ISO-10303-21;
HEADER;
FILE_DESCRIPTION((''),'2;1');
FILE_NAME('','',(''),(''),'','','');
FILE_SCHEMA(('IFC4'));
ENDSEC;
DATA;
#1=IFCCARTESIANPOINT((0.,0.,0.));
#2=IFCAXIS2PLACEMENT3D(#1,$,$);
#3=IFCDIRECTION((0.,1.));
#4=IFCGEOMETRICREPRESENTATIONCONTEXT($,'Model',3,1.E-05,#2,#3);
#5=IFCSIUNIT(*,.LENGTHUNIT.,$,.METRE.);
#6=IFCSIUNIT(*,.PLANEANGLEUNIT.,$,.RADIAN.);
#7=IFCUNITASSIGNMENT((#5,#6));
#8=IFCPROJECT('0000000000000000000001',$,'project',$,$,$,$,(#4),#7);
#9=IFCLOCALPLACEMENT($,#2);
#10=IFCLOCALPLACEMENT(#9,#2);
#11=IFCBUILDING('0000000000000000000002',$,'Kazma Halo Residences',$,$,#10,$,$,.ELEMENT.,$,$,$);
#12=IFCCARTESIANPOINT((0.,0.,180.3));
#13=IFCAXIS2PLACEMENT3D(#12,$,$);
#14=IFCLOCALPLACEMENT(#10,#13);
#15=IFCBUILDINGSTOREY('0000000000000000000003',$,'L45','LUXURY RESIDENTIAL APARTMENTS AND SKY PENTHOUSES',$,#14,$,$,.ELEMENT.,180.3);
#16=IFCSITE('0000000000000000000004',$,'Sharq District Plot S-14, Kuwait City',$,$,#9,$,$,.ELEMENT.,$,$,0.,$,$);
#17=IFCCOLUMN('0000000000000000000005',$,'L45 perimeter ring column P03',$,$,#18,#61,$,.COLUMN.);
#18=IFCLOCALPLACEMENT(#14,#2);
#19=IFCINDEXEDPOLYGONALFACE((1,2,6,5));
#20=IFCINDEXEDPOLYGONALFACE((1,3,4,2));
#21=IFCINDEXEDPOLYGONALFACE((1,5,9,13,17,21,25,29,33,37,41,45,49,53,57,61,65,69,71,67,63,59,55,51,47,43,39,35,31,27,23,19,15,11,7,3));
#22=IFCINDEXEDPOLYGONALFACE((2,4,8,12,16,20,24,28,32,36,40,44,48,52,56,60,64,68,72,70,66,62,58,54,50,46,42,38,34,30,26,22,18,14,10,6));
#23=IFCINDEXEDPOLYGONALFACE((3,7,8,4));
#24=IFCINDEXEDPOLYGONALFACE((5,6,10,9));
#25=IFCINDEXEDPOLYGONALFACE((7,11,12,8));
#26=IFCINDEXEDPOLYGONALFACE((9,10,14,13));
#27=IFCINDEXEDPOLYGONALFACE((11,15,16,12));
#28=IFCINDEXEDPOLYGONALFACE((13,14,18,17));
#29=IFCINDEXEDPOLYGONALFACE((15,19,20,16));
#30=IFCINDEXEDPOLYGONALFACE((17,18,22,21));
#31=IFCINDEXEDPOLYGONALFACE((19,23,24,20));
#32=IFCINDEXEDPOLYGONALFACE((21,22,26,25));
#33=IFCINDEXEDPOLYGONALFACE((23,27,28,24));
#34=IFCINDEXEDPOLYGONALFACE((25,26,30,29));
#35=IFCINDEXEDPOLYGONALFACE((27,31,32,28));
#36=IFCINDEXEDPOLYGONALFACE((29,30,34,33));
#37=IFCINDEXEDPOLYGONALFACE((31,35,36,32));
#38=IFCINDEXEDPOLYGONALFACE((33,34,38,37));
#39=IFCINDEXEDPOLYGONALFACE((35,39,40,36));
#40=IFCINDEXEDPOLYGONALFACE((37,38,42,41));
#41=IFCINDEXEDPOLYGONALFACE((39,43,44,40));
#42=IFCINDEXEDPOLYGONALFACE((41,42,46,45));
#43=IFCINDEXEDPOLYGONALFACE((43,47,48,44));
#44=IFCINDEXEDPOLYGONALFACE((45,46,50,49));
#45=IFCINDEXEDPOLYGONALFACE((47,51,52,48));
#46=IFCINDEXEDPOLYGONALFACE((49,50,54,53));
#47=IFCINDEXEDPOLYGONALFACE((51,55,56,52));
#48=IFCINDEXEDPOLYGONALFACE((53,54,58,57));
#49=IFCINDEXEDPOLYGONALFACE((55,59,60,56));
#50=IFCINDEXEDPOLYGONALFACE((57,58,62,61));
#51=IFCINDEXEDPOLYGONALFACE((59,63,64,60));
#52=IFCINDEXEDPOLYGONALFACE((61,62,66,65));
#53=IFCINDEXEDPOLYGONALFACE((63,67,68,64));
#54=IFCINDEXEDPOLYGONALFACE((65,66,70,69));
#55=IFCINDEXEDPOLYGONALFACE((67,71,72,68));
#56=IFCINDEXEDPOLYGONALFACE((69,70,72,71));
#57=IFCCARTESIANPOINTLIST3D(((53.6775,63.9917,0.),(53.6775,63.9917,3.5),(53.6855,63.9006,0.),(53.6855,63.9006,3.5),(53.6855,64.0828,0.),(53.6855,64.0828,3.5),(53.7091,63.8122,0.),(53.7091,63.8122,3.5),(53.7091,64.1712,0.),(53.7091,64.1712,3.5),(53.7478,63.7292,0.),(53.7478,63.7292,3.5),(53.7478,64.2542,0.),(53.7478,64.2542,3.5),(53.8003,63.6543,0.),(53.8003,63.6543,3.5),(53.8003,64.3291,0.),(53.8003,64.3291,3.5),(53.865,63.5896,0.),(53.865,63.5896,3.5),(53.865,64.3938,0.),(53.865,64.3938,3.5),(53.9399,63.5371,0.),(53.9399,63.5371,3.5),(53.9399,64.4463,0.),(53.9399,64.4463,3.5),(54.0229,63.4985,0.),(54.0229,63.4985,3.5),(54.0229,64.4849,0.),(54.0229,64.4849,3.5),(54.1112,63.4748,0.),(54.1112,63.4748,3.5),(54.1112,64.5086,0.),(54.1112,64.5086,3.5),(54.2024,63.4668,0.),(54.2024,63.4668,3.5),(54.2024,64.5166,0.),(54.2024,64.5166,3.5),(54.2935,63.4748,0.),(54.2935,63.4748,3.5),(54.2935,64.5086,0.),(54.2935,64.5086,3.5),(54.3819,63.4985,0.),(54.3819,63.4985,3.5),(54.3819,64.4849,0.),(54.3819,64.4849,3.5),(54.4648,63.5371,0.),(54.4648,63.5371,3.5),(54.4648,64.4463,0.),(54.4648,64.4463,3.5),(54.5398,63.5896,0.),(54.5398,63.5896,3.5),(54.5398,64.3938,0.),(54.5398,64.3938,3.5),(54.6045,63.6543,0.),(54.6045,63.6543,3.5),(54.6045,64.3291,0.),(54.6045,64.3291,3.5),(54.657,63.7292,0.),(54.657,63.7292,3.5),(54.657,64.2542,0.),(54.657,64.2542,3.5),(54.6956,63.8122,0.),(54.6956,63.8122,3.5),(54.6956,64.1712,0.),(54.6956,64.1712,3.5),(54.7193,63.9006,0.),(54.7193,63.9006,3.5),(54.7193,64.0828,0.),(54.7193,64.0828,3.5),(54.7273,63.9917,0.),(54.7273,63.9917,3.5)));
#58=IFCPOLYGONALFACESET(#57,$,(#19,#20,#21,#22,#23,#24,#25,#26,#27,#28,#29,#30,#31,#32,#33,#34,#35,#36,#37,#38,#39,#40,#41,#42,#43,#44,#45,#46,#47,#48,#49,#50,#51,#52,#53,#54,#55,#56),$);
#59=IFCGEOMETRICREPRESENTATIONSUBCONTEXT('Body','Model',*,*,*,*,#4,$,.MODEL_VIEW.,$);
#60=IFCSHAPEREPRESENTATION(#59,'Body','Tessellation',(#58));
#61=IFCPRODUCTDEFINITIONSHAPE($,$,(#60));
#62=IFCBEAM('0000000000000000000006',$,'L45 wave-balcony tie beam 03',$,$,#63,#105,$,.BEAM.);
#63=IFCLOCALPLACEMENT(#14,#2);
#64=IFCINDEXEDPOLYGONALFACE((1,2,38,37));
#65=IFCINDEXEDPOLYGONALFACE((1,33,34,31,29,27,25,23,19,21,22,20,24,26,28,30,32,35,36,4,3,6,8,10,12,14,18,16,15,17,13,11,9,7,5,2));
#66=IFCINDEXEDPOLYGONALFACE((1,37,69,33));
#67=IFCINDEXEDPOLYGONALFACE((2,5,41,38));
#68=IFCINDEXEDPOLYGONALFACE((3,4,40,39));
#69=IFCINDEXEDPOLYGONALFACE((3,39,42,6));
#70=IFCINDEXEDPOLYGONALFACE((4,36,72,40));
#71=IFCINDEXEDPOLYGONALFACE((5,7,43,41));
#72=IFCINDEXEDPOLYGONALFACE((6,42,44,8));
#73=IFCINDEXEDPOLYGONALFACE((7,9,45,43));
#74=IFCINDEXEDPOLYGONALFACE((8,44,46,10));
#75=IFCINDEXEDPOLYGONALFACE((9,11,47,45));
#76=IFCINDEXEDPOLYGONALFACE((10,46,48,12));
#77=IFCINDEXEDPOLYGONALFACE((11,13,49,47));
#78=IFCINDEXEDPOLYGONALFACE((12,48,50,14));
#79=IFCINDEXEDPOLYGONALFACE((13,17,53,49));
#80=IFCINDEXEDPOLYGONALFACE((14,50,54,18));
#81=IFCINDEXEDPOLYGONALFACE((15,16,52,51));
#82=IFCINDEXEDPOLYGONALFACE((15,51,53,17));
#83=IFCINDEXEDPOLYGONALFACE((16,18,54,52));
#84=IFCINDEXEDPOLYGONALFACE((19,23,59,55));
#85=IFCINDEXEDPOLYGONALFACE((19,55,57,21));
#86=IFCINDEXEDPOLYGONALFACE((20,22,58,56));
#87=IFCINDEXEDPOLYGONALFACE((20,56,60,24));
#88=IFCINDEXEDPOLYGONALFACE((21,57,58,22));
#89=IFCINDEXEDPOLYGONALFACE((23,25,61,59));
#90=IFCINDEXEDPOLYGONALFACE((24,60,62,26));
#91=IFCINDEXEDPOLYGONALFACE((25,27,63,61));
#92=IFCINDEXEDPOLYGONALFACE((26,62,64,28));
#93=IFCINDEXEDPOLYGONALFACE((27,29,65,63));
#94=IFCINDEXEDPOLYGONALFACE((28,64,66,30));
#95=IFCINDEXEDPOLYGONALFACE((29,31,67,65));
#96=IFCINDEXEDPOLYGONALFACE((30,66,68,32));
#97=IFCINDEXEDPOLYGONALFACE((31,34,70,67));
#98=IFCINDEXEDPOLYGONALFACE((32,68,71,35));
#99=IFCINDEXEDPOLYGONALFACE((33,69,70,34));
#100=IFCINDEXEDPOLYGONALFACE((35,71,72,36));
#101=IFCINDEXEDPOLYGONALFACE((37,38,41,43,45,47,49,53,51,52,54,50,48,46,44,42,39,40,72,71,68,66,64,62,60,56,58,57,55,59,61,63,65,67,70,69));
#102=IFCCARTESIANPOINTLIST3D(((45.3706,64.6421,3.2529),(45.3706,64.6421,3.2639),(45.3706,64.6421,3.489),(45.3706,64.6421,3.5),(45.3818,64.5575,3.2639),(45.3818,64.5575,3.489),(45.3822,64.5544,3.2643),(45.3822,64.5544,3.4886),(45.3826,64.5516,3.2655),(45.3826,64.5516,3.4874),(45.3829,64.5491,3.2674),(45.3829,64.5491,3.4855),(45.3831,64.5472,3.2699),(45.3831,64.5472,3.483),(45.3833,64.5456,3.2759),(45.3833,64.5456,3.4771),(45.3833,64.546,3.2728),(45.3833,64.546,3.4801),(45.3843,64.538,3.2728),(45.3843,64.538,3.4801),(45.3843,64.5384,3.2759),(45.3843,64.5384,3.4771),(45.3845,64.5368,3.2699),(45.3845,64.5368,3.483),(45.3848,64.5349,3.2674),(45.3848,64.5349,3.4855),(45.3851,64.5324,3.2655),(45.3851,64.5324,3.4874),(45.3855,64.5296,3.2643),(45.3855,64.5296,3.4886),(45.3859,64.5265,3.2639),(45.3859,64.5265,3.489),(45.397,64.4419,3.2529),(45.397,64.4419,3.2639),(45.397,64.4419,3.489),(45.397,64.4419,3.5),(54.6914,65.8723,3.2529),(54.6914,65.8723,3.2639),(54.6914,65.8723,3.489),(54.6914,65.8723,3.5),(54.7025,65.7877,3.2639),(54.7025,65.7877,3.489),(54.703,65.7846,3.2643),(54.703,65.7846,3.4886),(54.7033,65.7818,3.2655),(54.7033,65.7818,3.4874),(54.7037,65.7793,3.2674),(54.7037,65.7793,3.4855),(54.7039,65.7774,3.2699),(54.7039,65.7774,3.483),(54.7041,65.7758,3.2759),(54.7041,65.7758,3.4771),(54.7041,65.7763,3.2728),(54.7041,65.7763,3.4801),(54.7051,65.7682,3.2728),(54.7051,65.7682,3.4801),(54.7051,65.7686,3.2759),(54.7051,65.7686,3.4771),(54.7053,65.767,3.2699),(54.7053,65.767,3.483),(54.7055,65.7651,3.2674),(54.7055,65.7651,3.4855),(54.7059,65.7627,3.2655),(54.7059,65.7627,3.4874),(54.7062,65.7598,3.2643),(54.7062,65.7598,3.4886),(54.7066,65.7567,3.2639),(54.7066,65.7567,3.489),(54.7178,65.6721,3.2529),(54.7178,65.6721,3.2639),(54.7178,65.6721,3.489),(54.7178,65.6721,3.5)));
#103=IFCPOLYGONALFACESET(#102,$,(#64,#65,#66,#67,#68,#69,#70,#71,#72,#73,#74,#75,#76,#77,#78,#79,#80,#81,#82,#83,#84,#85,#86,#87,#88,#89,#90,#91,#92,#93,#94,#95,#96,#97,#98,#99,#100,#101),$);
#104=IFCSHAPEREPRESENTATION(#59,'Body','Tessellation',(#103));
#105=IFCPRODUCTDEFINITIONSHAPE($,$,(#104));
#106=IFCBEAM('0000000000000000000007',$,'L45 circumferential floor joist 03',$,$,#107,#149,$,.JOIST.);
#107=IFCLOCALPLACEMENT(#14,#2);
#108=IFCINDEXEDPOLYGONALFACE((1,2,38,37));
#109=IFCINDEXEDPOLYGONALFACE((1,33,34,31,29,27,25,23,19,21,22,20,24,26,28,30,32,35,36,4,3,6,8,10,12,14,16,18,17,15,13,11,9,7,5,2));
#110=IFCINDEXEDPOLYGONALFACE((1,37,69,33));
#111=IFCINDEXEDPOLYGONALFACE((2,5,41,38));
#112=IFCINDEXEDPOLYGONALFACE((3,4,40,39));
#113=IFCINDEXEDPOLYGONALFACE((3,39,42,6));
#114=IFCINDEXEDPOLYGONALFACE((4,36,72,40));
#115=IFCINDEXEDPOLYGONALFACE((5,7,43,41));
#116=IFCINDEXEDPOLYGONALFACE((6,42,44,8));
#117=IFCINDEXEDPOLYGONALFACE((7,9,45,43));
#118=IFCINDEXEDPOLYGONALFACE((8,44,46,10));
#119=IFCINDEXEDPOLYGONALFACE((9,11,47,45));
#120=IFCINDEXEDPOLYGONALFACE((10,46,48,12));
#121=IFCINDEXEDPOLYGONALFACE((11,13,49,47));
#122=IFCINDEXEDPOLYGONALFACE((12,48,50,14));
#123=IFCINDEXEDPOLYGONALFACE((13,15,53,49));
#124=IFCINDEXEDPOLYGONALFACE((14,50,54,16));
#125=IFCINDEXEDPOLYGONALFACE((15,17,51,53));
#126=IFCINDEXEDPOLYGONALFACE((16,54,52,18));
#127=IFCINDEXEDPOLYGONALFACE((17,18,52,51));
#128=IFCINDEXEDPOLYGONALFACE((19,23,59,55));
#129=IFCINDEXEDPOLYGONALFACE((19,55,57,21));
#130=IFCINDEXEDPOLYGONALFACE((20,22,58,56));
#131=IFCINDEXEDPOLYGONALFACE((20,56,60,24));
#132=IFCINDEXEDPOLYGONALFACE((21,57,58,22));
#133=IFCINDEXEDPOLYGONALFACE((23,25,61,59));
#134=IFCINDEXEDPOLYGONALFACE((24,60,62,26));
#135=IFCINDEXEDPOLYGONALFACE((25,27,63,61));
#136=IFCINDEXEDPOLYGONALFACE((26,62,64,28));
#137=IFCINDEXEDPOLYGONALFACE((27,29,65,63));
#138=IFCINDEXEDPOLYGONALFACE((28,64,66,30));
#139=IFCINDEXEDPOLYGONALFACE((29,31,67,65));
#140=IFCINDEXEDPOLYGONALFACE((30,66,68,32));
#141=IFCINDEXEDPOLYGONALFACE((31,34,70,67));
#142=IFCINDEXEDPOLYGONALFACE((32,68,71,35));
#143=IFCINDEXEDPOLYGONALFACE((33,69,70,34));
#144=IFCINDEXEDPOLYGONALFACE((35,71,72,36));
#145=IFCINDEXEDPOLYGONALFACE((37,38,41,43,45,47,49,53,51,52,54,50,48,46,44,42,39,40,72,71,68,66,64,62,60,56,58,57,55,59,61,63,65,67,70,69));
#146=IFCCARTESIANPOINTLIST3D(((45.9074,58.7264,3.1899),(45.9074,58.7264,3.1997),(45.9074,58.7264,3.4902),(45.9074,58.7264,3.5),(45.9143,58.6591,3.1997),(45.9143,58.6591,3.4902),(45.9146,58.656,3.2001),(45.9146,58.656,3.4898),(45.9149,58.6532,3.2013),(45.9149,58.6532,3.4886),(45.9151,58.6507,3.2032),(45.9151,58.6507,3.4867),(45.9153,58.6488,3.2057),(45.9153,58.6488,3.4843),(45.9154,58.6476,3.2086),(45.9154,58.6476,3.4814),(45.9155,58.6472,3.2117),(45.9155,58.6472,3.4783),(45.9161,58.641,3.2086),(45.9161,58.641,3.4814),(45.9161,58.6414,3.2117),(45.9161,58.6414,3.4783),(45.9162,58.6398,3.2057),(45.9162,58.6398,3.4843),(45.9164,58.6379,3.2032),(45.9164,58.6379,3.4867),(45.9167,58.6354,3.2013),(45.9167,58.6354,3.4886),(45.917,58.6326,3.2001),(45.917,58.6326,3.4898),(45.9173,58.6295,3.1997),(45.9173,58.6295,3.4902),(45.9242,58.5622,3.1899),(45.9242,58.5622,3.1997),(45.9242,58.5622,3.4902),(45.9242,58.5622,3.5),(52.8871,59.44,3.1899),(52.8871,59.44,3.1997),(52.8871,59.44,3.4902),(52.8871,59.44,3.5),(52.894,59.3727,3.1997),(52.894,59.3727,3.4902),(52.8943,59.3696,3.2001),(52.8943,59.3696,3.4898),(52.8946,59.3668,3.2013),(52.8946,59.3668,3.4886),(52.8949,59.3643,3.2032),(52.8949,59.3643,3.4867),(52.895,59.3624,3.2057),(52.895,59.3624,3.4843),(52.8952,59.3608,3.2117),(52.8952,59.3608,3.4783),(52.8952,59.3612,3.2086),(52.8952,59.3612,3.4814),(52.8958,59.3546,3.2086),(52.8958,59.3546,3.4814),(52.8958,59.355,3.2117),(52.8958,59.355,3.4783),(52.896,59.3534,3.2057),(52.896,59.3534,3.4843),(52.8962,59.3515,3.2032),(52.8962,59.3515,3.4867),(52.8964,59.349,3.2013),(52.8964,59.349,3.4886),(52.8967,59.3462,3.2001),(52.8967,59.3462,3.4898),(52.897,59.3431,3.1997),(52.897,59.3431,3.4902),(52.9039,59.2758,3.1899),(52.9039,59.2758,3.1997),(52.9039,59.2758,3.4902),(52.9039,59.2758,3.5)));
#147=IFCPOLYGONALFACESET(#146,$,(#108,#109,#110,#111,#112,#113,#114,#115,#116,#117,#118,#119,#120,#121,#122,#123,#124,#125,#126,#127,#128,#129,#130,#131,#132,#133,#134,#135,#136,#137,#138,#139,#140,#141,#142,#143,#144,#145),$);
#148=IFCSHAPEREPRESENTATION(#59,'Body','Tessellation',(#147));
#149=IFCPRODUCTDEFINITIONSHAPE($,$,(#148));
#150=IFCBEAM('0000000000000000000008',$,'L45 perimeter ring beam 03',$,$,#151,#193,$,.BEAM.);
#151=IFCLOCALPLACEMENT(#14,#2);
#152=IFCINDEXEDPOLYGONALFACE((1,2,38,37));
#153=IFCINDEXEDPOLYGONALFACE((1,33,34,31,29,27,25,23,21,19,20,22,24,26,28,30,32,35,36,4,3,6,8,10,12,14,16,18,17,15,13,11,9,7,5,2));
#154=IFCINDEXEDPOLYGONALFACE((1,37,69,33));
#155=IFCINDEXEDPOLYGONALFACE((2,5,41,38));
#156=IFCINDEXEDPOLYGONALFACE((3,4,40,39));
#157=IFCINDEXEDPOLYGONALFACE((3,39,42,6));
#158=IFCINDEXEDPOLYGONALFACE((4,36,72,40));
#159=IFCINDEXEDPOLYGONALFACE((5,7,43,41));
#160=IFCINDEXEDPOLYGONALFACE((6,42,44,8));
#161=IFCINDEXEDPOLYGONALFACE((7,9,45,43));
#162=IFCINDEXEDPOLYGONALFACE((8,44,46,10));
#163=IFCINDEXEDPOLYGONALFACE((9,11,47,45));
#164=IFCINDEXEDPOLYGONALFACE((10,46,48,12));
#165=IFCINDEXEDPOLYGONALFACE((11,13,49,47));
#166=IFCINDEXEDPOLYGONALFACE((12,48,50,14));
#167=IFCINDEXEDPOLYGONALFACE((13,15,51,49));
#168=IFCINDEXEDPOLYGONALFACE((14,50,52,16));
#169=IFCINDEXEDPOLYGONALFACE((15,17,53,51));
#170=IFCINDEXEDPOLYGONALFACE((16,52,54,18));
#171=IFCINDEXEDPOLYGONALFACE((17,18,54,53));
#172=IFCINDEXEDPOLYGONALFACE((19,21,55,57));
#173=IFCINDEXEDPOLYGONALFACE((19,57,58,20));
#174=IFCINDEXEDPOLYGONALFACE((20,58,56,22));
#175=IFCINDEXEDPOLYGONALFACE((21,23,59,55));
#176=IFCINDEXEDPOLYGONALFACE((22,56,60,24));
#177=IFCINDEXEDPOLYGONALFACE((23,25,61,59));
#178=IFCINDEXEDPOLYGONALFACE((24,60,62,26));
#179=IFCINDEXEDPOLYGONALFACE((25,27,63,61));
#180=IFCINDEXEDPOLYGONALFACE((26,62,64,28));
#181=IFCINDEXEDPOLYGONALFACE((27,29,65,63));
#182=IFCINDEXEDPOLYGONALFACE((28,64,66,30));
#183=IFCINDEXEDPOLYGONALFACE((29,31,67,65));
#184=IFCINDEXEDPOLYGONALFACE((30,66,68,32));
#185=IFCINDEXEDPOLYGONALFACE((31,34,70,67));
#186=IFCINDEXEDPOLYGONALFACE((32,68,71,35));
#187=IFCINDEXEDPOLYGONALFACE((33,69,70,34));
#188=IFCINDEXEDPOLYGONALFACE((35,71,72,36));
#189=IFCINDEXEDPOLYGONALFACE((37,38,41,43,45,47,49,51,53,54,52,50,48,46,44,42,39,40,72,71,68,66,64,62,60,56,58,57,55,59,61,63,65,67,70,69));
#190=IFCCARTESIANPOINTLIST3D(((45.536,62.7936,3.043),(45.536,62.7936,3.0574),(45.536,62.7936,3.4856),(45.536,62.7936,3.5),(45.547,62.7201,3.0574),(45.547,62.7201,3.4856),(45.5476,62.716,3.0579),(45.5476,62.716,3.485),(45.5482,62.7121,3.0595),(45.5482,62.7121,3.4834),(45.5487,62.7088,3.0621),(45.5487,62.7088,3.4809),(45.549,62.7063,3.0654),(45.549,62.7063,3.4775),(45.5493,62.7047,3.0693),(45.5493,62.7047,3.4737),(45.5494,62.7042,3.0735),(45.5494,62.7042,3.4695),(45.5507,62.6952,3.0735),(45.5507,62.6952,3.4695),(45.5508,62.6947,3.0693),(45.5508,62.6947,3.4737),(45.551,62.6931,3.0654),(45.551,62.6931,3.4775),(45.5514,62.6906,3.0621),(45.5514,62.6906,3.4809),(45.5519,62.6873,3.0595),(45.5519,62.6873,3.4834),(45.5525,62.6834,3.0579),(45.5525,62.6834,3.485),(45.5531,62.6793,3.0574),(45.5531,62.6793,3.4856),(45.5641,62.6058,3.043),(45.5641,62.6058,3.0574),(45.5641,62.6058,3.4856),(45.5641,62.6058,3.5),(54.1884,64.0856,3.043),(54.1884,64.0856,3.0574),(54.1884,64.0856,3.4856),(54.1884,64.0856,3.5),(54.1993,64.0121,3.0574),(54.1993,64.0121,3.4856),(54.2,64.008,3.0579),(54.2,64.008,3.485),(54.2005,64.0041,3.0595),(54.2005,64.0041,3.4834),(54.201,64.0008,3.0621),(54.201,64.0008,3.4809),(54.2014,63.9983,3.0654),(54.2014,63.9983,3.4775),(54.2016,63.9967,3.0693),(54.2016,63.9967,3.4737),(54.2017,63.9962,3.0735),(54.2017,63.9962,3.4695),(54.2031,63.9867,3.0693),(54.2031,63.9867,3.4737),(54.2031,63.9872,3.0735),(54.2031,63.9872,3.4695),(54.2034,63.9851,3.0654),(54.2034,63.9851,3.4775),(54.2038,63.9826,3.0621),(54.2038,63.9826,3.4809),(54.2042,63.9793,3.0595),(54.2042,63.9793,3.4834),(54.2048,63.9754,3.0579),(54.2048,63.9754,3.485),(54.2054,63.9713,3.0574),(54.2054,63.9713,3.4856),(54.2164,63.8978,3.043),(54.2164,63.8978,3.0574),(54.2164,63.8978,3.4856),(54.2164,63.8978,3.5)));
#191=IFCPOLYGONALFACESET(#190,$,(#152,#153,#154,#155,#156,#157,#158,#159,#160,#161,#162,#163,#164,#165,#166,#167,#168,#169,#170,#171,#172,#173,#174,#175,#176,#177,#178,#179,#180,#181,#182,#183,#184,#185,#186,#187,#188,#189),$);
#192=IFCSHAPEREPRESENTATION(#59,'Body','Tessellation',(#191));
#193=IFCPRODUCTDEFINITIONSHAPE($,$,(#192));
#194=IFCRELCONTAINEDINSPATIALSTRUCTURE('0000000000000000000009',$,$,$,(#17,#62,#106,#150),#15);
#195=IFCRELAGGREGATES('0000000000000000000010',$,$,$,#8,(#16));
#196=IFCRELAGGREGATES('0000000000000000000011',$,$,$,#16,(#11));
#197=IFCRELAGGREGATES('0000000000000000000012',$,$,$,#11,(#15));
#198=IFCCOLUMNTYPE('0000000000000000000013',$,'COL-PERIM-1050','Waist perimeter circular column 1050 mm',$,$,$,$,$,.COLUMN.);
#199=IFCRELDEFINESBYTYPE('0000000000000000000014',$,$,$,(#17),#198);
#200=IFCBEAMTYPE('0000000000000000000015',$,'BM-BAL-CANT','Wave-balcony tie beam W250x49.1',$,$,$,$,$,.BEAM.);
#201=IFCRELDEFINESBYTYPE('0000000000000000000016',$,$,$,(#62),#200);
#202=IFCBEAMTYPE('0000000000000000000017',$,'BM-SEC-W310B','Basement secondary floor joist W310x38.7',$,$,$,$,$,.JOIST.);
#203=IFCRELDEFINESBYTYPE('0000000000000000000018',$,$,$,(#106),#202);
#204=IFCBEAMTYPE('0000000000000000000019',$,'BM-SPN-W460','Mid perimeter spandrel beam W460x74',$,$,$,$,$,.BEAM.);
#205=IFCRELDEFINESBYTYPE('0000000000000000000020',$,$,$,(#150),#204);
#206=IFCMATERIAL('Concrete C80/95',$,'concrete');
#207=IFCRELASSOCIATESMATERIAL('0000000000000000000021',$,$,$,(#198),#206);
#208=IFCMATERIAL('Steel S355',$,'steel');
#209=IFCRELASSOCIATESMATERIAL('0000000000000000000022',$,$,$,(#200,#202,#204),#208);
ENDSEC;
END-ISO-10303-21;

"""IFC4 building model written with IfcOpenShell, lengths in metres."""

from ifc_helpers import new_model, si_unit, direction, frame, origin, origin_2d, place, context, subcontext, project, spatial, circle, i_section, extrude, material, material_profile, profile_set, type_object, element, save


model = new_model("IFC4")

# Units and contexts
model_context = context("Model", 3, precision=1e-05, world=origin(), true_north=direction((0.0, 1.0)))
body_context = subcontext(model_context, "Body", "Model", "MODEL_VIEW")
ifc_project = project(units=[si_unit("LENGTHUNIT", "METRE"), si_unit("PLANEANGLEUNIT", "RADIAN")], contexts=[model_context])

# Site, building, storey
site_placement = place(None, origin())
site = spatial("IfcSite", under=ifc_project, at=site_placement, Name="Sharq District Plot S-14, Kuwait City", CompositionType="ELEMENT", RefElevation=0.0)
building_placement = place(site_placement, origin())
building = spatial("IfcBuilding", under=site, at=building_placement, Name="Kazma Halo Residences", CompositionType="ELEMENT")
storey_placement = place(building_placement, frame((0.0, 0.0, 180.3)))
storey = spatial("IfcBuildingStorey", under=building, at=storey_placement, Name="L45", Description="LUXURY RESIDENTIAL APARTMENTS AND SKY PENTHOUSES", CompositionType="ELEMENT", Elevation=180.3)

# Column
ifc_material_1 = material(Name="Concrete C80/95", Category="concrete")
ifc_material_profile_1 = material_profile(ifc_material_1, circle(Radius=0.5249, at=origin_2d()), Name="CIRC1050")
ifc_profile_set_1 = profile_set([ifc_material_profile_1], Name="Concrete C80/95")
column_type = type_object("IfcColumnType", Name="COL-PERIM-1050", Description="Waist perimeter circular column 1050 mm", PredefinedType="COLUMN", material=ifc_profile_set_1)
column_placement = place(storey_placement, frame((54.2024, 63.9917, 0.0), z_axis=(0.0, 0.0, 1.0), x_axis=(1.0, 0.0, 0.0)))
element("IfcColumn", 1, at=column_placement, inside=storey, type_object=column_type, Name="L45 perimeter ring column P03", PredefinedType="COLUMN", context=body_context, shape_type="SweptSolid", body=[
    extrude(circle(Radius=0.5249, at=origin_2d()), origin(), (0.0, 0.0, 1.0), 3.5),
])

# Beams
ifc_material_2 = material(Name="Steel S355", Category="steel")
ifc_material_profile_2 = material_profile(ifc_material_2, i_section(OverallWidth=0.2019, OverallDepth=0.2471, WebThickness=0.0073, FlangeThickness=0.011, FilletRadius=0.012, at=origin_2d()), Name="W250x49.1")
ifc_profile_set_2 = profile_set([ifc_material_profile_2], Name="Steel S355")
beam_type_1 = type_object("IfcBeamType", Name="BM-BAL-CANT", Description="Wave-balcony tie beam W250x49.1", PredefinedType="BEAM", material=ifc_profile_set_2)
beam_1_placement = place(storey_placement, frame((54.7046, 65.7722, 3.3765), z_axis=(-0.991402, -0.130852, 0.0), x_axis=(0.130852, -0.991402, 0.0)))
element("IfcBeam", 2, at=beam_1_placement, inside=storey, type_object=beam_type_1, Name="L45 wave-balcony tie beam 03", PredefinedType="BEAM", context=body_context, shape_type="SweptSolid", body=[
    extrude(i_section(OverallWidth=0.2019, OverallDepth=0.2471, WebThickness=0.0073, FlangeThickness=0.011, FilletRadius=0.012, at=origin_2d()), origin(), (0.0, 0.0, 1.0), 9.4016),
])
ifc_material_profile_3 = material_profile(ifc_material_2, i_section(OverallWidth=0.165, OverallDepth=0.3101, WebThickness=0.0059, FlangeThickness=0.0098, FilletRadius=0.012, at=origin_2d()), Name="W310x38.7")
ifc_profile_set_3 = profile_set([ifc_material_profile_3], Name="Steel S355")
beam_type_2 = type_object("IfcBeamType", Name="BM-SEC-W310B", Description="Basement secondary floor joist W310x38.7", PredefinedType="JOIST", material=ifc_profile_set_3)
beam_2_placement = place(storey_placement, frame((52.8955, 59.3579, 3.345), z_axis=(-0.994814, -0.101712, 0.0), x_axis=(0.101712, -0.994814, 0.0)))
element("IfcBeam", 3, at=beam_2_placement, inside=storey, type_object=beam_type_2, Name="L45 circumferential floor joist 03", PredefinedType="JOIST", context=body_context, shape_type="SweptSolid", body=[
    extrude(i_section(OverallWidth=0.165, OverallDepth=0.3101, WebThickness=0.0059, FlangeThickness=0.0098, FilletRadius=0.012, at=origin_2d()), origin(), (0.0, 0.0, 1.0), 7.0161),
])
ifc_material_profile_4 = material_profile(ifc_material_2, i_section(OverallWidth=0.1899, OverallDepth=0.457, WebThickness=0.009, FlangeThickness=0.0144, FilletRadius=0.0161, at=origin_2d()), Name="W460x74")
ifc_profile_set_4 = profile_set([ifc_material_profile_4], Name="Steel S355")
beam_type_3 = type_object("IfcBeamType", Name="BM-SPN-W460", Description="Mid perimeter spandrel beam W460x74", PredefinedType="BEAM", material=ifc_profile_set_4)
beam_3_placement = place(storey_placement, frame((54.2024, 63.9917, 3.2715), z_axis=(-0.989034, -0.147685, 0.0), x_axis=(0.147685, -0.989034, 0.0)))
element("IfcBeam", 4, at=beam_3_placement, inside=storey, type_object=beam_type_3, Name="L45 perimeter ring beam 03", PredefinedType="BEAM", context=body_context, shape_type="SweptSolid", body=[
    extrude(i_section(OverallWidth=0.1899, OverallDepth=0.457, WebThickness=0.009, FlangeThickness=0.0144, FilletRadius=0.0161, at=origin_2d()), origin(), (0.0, 0.0, 1.0), 8.7483),
])

save(model, "model.ifc")
